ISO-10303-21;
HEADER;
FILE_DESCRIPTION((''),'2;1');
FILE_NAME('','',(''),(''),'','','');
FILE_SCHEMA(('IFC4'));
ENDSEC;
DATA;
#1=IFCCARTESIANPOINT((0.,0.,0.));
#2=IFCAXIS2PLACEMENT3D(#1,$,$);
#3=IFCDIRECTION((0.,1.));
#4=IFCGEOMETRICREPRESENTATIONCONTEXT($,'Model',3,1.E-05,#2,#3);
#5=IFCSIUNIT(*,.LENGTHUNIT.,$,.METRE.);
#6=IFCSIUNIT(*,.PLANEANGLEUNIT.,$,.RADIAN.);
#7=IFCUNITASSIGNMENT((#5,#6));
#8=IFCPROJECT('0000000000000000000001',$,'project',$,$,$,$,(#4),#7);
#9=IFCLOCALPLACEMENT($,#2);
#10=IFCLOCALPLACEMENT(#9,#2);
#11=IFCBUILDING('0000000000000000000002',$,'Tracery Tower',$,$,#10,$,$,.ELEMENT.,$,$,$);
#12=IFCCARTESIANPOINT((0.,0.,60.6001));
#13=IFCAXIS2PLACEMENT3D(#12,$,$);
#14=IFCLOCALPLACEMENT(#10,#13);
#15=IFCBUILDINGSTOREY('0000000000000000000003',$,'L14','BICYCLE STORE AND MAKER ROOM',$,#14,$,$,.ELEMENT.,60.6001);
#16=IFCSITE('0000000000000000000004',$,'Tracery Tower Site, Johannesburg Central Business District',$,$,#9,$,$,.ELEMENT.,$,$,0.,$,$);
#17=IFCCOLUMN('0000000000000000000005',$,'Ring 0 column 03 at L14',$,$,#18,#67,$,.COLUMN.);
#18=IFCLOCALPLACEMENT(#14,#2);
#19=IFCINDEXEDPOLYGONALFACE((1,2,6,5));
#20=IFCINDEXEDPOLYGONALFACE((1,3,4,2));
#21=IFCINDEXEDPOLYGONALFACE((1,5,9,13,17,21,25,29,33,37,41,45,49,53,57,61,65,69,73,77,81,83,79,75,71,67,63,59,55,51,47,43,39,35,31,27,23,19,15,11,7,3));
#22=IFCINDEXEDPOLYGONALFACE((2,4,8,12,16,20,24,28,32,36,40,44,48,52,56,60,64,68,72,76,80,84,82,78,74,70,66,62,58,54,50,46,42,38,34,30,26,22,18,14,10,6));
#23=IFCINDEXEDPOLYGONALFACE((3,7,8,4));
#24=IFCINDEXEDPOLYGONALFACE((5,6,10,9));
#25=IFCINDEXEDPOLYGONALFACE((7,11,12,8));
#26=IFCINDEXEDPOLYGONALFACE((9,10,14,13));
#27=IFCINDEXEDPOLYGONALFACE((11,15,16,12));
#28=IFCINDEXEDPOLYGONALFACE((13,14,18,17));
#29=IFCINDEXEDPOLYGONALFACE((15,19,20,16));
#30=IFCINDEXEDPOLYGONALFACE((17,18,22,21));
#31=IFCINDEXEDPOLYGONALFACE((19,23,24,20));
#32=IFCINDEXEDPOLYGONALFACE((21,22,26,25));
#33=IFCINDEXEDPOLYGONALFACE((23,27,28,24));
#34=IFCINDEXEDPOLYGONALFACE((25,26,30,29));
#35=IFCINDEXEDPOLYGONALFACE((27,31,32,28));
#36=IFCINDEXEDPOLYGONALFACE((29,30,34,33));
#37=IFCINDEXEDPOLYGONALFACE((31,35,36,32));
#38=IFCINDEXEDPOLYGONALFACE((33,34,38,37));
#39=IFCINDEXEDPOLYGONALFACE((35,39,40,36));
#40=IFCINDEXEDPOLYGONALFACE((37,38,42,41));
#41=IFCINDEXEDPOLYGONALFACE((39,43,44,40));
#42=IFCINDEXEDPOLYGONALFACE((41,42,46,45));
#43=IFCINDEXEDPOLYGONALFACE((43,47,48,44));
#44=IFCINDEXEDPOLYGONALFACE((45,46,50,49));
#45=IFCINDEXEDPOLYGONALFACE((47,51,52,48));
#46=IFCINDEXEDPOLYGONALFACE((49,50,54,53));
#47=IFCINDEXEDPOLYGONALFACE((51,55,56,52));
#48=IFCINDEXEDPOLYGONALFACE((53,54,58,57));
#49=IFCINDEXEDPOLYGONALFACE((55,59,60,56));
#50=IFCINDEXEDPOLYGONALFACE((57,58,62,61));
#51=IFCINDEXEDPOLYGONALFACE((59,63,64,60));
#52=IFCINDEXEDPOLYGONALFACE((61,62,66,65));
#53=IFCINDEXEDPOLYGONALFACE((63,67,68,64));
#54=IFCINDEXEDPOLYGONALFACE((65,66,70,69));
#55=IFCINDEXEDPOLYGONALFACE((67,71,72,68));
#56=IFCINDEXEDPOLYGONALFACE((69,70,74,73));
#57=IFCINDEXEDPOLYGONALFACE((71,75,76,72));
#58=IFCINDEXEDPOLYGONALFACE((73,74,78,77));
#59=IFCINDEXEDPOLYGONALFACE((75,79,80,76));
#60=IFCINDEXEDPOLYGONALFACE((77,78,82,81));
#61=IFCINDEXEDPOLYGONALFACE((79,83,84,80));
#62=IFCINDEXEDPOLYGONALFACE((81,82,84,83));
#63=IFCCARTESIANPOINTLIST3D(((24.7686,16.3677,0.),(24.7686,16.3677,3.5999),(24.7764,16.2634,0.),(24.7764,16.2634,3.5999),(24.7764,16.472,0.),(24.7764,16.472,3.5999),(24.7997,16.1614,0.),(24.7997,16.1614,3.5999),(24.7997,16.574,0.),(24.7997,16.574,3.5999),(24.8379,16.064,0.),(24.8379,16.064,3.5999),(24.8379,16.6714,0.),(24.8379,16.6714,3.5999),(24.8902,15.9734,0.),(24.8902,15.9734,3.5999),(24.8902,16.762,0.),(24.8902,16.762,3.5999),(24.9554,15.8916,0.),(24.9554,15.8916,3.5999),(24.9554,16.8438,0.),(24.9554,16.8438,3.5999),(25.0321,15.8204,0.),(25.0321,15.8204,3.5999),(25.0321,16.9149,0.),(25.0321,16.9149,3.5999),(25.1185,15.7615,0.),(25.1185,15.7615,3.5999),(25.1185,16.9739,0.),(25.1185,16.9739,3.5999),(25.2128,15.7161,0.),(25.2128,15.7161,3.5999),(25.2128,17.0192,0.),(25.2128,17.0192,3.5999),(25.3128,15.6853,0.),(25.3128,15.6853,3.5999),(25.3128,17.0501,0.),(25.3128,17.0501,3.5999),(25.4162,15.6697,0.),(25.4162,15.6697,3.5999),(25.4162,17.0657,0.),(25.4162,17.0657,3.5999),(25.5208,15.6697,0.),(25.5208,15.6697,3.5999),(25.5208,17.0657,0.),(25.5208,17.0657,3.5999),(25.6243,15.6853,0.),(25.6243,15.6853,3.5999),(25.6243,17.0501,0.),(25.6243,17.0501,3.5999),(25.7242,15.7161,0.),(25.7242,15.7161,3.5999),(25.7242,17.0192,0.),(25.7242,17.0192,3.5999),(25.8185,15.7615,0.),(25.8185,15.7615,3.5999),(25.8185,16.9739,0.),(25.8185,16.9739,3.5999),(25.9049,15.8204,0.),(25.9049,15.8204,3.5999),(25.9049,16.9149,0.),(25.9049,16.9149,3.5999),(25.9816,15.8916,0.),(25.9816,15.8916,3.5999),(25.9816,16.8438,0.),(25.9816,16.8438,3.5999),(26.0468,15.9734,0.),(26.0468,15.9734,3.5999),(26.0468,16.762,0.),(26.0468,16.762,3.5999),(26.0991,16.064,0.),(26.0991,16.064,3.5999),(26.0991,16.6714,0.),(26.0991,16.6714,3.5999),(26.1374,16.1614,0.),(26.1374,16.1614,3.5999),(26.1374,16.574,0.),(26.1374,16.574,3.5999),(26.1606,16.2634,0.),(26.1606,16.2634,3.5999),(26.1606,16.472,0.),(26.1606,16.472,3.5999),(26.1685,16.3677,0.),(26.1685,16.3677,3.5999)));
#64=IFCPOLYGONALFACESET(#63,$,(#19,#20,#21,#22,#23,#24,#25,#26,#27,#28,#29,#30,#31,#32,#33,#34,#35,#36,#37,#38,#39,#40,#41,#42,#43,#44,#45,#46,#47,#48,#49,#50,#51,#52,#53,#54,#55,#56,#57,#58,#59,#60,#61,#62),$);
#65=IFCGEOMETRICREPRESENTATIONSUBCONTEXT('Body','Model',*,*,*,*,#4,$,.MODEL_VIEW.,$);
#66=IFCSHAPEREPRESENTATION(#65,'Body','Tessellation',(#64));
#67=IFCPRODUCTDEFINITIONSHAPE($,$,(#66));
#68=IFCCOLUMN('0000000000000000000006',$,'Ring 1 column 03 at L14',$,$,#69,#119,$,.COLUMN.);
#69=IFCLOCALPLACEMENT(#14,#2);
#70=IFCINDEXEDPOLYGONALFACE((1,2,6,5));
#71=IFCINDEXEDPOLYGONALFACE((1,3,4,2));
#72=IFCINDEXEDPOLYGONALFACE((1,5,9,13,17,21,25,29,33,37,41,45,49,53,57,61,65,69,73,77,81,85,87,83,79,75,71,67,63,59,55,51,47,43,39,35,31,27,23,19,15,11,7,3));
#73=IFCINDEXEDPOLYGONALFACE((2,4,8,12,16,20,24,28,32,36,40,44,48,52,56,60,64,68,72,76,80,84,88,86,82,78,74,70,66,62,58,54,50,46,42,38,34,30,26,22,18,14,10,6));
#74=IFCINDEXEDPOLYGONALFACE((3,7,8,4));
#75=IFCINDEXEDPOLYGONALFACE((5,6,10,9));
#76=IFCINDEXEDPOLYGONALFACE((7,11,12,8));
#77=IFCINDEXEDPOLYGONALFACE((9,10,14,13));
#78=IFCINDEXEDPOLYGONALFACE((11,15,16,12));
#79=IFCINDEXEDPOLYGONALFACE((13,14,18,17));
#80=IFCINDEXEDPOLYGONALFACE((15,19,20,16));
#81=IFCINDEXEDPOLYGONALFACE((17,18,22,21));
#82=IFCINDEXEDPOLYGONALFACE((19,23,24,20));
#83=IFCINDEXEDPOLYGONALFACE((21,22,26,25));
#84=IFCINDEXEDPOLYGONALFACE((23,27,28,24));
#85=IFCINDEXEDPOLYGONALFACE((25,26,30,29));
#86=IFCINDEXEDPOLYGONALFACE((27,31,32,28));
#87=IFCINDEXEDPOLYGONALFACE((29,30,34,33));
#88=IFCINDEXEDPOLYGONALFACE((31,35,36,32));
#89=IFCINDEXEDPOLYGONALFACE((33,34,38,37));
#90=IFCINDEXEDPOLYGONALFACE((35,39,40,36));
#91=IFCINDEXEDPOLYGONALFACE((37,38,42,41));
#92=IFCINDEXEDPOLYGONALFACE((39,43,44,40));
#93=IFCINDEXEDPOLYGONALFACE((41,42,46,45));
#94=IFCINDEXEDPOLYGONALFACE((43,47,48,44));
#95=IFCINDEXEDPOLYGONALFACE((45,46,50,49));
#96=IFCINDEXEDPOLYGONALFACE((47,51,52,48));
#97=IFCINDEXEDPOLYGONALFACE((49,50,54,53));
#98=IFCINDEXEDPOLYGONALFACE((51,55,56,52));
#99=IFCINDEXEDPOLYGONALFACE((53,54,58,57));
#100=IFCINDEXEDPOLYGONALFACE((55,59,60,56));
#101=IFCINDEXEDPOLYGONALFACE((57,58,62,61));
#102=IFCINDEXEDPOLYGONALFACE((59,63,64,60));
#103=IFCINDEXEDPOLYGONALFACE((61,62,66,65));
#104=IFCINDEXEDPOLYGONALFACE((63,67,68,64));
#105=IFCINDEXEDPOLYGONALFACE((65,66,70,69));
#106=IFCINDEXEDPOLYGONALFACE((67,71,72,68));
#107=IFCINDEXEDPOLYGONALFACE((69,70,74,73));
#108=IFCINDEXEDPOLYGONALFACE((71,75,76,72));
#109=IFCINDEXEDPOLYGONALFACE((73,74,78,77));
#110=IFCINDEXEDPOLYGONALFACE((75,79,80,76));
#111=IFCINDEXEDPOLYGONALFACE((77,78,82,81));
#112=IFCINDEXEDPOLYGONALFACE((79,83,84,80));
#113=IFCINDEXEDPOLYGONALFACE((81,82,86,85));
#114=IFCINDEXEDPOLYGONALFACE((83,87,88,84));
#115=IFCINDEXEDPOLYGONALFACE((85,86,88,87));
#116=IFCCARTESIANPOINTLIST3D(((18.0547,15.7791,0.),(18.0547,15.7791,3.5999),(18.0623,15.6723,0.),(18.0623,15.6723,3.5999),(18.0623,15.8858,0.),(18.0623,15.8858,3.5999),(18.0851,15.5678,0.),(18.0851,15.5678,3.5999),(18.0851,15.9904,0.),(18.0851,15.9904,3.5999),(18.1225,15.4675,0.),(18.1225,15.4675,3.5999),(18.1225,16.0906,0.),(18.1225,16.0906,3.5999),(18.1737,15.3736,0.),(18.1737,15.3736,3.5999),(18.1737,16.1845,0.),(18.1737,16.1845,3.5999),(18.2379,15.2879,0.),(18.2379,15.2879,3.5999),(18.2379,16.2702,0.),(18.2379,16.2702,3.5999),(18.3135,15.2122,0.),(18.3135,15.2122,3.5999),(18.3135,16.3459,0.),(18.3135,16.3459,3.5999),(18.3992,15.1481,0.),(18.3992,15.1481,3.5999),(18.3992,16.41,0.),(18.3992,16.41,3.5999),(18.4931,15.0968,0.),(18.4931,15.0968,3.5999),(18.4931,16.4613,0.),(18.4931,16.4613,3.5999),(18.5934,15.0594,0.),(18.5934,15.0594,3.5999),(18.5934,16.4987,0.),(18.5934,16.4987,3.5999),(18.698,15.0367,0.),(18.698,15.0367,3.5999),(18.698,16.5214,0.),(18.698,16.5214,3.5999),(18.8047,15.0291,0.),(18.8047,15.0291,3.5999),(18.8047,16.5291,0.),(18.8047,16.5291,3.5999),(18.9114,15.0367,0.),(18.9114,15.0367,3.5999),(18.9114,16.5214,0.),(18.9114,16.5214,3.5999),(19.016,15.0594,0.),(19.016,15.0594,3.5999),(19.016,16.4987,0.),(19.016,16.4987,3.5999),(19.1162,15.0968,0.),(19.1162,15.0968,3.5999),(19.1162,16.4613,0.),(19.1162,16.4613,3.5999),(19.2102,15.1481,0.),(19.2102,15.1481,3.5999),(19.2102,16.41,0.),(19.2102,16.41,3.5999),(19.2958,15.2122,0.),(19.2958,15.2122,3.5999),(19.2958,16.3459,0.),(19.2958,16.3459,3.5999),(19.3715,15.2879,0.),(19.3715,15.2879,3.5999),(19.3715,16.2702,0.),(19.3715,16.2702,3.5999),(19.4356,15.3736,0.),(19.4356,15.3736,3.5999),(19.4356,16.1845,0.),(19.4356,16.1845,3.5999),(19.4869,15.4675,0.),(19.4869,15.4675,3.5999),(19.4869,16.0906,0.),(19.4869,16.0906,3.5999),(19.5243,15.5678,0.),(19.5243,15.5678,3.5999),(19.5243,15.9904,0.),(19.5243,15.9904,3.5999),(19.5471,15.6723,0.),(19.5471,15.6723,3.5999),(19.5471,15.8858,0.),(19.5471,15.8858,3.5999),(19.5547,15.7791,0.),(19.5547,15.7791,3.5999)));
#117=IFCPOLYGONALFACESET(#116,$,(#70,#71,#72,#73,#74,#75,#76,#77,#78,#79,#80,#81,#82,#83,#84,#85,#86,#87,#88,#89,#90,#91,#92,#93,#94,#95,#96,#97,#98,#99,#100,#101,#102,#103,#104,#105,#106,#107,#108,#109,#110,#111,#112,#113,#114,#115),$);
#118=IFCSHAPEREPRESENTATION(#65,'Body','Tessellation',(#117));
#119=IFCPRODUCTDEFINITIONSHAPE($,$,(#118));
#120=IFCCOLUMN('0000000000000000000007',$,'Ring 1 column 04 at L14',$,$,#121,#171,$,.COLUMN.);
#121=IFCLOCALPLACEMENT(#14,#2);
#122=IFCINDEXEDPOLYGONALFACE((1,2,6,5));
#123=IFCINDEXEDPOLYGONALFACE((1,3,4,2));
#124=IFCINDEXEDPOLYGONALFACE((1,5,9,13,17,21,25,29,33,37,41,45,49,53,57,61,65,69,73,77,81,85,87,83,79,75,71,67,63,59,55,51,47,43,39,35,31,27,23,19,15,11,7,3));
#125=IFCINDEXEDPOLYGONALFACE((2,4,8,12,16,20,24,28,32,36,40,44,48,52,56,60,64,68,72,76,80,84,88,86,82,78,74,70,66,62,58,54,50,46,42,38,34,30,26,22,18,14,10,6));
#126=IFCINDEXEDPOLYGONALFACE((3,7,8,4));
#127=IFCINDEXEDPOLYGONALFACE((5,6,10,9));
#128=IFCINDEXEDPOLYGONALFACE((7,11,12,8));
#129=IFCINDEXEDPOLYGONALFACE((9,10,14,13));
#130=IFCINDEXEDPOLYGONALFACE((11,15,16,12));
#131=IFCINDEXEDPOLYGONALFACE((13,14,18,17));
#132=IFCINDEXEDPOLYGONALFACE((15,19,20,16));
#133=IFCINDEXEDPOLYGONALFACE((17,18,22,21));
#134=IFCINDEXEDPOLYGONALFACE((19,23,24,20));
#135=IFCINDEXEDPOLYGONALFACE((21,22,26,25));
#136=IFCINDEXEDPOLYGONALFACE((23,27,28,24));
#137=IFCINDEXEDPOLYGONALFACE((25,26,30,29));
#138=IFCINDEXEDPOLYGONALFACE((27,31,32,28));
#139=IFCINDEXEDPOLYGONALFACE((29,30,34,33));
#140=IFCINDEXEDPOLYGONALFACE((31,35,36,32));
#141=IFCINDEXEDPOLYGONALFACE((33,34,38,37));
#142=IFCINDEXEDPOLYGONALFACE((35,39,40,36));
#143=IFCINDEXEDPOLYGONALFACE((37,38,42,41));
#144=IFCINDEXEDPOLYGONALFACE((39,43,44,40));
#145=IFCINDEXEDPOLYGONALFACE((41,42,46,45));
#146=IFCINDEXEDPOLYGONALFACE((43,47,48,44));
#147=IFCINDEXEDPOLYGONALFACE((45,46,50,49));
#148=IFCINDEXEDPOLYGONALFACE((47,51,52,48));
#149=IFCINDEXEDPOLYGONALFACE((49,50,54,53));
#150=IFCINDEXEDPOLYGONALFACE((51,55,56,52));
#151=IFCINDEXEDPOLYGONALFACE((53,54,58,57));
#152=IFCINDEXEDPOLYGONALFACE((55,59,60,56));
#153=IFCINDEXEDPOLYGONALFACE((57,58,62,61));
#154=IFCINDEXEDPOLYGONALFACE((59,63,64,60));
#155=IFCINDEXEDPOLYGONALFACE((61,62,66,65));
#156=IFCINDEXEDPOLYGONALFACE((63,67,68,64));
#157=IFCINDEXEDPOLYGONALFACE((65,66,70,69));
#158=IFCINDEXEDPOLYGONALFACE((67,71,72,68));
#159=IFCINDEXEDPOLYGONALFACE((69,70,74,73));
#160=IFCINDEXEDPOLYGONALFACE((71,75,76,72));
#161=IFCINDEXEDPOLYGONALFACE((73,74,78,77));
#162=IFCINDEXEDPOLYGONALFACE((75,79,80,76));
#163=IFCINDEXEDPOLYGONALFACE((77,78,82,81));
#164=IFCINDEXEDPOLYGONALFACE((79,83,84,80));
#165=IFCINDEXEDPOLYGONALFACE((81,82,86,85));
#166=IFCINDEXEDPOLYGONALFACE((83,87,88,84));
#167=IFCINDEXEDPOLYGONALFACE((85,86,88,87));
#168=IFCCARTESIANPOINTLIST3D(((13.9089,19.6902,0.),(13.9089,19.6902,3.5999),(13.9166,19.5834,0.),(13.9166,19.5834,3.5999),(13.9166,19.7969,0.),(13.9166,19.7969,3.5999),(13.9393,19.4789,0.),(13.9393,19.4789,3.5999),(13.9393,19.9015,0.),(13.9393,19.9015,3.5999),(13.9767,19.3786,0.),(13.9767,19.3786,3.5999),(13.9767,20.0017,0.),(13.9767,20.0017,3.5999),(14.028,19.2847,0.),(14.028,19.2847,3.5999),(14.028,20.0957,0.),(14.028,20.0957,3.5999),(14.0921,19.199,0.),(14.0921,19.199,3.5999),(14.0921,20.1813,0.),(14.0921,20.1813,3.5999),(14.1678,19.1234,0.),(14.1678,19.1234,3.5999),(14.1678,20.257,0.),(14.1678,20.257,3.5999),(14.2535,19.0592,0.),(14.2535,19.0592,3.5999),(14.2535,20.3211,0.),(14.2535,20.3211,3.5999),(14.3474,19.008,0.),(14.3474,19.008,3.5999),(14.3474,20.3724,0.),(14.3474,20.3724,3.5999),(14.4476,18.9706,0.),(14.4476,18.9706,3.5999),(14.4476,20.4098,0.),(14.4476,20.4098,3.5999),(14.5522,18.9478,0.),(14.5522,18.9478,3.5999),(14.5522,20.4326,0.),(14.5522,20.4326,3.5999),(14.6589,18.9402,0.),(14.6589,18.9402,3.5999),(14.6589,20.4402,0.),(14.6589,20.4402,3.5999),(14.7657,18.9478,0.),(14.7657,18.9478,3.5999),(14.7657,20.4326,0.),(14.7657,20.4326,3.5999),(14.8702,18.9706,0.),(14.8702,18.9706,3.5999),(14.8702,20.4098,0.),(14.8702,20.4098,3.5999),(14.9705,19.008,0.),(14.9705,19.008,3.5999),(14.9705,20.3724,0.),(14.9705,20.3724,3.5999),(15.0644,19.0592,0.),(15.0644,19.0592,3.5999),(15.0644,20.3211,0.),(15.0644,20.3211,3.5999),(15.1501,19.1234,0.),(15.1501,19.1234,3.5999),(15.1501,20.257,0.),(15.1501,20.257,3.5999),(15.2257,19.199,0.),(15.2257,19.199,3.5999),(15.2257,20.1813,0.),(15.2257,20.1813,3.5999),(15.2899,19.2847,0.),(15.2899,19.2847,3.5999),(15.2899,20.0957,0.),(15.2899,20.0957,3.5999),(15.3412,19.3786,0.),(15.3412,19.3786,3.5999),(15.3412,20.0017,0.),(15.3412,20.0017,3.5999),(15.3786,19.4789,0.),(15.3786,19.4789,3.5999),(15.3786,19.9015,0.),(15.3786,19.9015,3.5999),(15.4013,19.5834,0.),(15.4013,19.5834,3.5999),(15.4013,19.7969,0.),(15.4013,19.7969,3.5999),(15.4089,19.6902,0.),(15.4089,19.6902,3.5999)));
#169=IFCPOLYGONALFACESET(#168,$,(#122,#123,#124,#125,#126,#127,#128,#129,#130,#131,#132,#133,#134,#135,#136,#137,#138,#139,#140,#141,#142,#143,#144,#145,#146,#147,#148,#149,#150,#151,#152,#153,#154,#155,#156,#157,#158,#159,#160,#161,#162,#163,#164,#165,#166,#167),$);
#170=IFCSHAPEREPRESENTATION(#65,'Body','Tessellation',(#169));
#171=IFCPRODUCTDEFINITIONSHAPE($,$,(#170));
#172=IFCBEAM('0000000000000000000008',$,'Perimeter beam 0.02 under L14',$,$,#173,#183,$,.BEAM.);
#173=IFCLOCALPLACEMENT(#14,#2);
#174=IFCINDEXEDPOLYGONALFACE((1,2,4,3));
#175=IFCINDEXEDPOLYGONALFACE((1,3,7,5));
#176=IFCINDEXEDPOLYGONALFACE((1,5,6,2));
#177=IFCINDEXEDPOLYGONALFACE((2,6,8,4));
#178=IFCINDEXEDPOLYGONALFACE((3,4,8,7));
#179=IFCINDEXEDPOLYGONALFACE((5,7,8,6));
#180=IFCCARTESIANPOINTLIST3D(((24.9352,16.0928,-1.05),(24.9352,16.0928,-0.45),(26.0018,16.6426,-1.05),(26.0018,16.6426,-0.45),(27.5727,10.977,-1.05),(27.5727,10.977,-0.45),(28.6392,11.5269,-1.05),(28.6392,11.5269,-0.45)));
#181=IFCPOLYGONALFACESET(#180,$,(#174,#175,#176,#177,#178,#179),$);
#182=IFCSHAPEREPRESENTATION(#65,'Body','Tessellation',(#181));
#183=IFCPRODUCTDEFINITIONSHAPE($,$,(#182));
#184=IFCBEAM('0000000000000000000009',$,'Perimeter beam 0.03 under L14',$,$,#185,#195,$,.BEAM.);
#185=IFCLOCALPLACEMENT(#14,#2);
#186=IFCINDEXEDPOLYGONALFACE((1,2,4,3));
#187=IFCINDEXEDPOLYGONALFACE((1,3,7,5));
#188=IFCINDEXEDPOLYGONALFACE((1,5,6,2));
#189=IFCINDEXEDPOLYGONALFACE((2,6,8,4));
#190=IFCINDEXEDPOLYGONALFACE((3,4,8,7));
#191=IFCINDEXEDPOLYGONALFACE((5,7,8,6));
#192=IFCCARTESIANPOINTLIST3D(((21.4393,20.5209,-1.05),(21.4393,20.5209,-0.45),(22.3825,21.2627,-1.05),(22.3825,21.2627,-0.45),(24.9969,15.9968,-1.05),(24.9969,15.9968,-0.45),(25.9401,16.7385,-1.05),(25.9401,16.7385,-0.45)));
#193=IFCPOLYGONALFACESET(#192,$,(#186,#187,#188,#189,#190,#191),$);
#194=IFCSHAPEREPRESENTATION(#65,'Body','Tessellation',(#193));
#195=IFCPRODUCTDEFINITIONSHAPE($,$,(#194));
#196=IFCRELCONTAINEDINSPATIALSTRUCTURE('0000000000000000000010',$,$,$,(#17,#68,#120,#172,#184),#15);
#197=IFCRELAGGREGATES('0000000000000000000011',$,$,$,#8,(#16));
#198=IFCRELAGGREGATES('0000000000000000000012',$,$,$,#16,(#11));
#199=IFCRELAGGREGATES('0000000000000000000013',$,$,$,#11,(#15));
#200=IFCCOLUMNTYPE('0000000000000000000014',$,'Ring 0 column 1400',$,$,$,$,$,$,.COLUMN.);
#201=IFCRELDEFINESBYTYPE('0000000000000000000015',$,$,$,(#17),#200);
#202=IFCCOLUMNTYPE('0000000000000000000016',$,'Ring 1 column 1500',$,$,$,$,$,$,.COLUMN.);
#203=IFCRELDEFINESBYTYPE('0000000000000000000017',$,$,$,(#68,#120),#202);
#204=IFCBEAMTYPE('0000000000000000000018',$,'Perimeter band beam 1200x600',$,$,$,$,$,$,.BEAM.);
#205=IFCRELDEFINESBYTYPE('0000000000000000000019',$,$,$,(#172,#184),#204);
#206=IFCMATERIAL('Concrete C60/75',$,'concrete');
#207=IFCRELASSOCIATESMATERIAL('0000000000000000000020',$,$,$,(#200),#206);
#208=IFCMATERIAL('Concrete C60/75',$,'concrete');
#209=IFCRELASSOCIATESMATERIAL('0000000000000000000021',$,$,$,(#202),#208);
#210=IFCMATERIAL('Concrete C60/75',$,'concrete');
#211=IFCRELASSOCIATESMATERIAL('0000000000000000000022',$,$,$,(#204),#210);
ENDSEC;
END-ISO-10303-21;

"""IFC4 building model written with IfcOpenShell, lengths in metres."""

from ifc_helpers import new_model, si_unit, direction, frame, origin, origin_2d, place, context, subcontext, project, spatial, rectangle, circle, extrude, material, material_profile, profile_set, type_object, element, save


model = new_model("IFC4")

# Units and contexts
model_context = context("Model", 3, precision=1e-05, world=origin(), true_north=direction((0.0, 1.0)))
body_context = subcontext(model_context, "Body", "Model", "MODEL_VIEW")
ifc_project = project(units=[si_unit("LENGTHUNIT", "METRE"), si_unit("PLANEANGLEUNIT", "RADIAN")], contexts=[model_context])

# Site, building, storey
site_placement = place(None, origin())
site = spatial("IfcSite", under=ifc_project, at=site_placement, Name="Tracery Tower Site, Johannesburg Central Business District", CompositionType="ELEMENT", RefElevation=0.0)
building_placement = place(site_placement, origin())
building = spatial("IfcBuilding", under=site, at=building_placement, Name="Tracery Tower", CompositionType="ELEMENT")
storey_placement = place(building_placement, frame((0.0, 0.0, 60.6001)))
storey = spatial("IfcBuildingStorey", under=building, at=storey_placement, Name="L14", Description="BICYCLE STORE AND MAKER ROOM", CompositionType="ELEMENT", Elevation=60.6001)

# Columns
ifc_material_1 = material(Name="Concrete C60/75", Category="concrete")
ifc_material_profile_1 = material_profile(ifc_material_1, circle(Radius=0.7, at=origin_2d()), Name="RC D1400")
ifc_profile_set_1 = profile_set([ifc_material_profile_1], Name="Concrete C60/75")
column_type_1 = type_object("IfcColumnType", Name="Ring 0 column 1400", PredefinedType="COLUMN", material=ifc_profile_set_1)
column_placement = place(storey_placement, frame((25.4685, 16.3677, 0.0), z_axis=(0.0, 0.0, 1.0), x_axis=(1.0, 0.0, 0.0)))
element("IfcColumn", 1, at=column_placement, inside=storey, type_object=column_type_1, Name="Ring 0 column 03 at L14", PredefinedType="COLUMN", context=body_context, shape_type="SweptSolid", body=[
    extrude(circle(Radius=0.7, at=origin_2d()), origin(), (0.0, 0.0, 1.0), 3.5999),
])
ifc_material_2 = material(Name="Concrete C60/75", Category="concrete")
ifc_material_profile_2 = material_profile(ifc_material_2, circle(Radius=0.75, at=origin_2d()), Name="RC D1500")
ifc_profile_set_2 = profile_set([ifc_material_profile_2], Name="Concrete C60/75")
column_type_2 = type_object("IfcColumnType", Name="Ring 1 column 1500", PredefinedType="COLUMN", material=ifc_profile_set_2)
for number, where, z_axis, x_axis, name in (
    (2, (18.8047, 15.7791, 0.0), (0.0, 0.0, 1.0), (1.0, 0.0, 0.0), "Ring 1 column 03 at L14"),
    (3, (14.6589, 19.6902, 0.0), (0.0, 0.0, 1.0), (1.0, 0.0, 0.0), "Ring 1 column 04 at L14"),
):
    element("IfcColumn", number, at=place(storey_placement, frame(where, z_axis=z_axis, x_axis=x_axis)), inside=storey, type_object=column_type_2, Name=name, PredefinedType="COLUMN", context=body_context, shape_type="SweptSolid", body=[
        extrude(circle(Radius=0.75, at=origin_2d()), origin(), (0.0, 0.0, 1.0), 3.5999),
    ])

# Beams
ifc_material_3 = material(Name="Concrete C60/75", Category="concrete")
ifc_material_profile_3 = material_profile(ifc_material_3, rectangle(XDim=1.2, YDim=0.6001, at=origin_2d()), Name="RC 1200x600")
ifc_profile_set_3 = profile_set([ifc_material_profile_3], Name="Concrete C60/75")
beam_type = type_object("IfcBeamType", Name="Perimeter band beam 1200x600", PredefinedType="BEAM", material=ifc_profile_set_3)
beam_1_placement = place(storey_placement, frame((28.106, 11.252, -0.75), z_axis=(-0.458242, 0.888827, 0.0), x_axis=(-0.888827, -0.458242, 0.0)))
element("IfcBeam", 4, at=beam_1_placement, inside=storey, type_object=beam_type, Name="Perimeter beam 0.02 under L14", PredefinedType="BEAM", context=body_context, shape_type="SweptSolid", body=[
    extrude(rectangle(XDim=1.2, YDim=0.6001, at=origin_2d()), origin(), (0.0, 0.0, 1.0), 5.7556),
])
beam_2_placement = place(storey_placement, frame((25.4685, 16.3677, -0.75), z_axis=(-0.618134, 0.786072, 0.0), x_axis=(-0.786072, -0.618134, 0.0)))
element("IfcBeam", 5, at=beam_2_placement, inside=storey, type_object=beam_type, Name="Perimeter beam 0.03 under L14", PredefinedType="BEAM", context=body_context, shape_type="SweptSolid", body=[
    extrude(rectangle(XDim=1.2, YDim=0.6001, at=origin_2d()), origin(), (0.0, 0.0, 1.0), 5.7554),
])

save(model, "model.ifc")
